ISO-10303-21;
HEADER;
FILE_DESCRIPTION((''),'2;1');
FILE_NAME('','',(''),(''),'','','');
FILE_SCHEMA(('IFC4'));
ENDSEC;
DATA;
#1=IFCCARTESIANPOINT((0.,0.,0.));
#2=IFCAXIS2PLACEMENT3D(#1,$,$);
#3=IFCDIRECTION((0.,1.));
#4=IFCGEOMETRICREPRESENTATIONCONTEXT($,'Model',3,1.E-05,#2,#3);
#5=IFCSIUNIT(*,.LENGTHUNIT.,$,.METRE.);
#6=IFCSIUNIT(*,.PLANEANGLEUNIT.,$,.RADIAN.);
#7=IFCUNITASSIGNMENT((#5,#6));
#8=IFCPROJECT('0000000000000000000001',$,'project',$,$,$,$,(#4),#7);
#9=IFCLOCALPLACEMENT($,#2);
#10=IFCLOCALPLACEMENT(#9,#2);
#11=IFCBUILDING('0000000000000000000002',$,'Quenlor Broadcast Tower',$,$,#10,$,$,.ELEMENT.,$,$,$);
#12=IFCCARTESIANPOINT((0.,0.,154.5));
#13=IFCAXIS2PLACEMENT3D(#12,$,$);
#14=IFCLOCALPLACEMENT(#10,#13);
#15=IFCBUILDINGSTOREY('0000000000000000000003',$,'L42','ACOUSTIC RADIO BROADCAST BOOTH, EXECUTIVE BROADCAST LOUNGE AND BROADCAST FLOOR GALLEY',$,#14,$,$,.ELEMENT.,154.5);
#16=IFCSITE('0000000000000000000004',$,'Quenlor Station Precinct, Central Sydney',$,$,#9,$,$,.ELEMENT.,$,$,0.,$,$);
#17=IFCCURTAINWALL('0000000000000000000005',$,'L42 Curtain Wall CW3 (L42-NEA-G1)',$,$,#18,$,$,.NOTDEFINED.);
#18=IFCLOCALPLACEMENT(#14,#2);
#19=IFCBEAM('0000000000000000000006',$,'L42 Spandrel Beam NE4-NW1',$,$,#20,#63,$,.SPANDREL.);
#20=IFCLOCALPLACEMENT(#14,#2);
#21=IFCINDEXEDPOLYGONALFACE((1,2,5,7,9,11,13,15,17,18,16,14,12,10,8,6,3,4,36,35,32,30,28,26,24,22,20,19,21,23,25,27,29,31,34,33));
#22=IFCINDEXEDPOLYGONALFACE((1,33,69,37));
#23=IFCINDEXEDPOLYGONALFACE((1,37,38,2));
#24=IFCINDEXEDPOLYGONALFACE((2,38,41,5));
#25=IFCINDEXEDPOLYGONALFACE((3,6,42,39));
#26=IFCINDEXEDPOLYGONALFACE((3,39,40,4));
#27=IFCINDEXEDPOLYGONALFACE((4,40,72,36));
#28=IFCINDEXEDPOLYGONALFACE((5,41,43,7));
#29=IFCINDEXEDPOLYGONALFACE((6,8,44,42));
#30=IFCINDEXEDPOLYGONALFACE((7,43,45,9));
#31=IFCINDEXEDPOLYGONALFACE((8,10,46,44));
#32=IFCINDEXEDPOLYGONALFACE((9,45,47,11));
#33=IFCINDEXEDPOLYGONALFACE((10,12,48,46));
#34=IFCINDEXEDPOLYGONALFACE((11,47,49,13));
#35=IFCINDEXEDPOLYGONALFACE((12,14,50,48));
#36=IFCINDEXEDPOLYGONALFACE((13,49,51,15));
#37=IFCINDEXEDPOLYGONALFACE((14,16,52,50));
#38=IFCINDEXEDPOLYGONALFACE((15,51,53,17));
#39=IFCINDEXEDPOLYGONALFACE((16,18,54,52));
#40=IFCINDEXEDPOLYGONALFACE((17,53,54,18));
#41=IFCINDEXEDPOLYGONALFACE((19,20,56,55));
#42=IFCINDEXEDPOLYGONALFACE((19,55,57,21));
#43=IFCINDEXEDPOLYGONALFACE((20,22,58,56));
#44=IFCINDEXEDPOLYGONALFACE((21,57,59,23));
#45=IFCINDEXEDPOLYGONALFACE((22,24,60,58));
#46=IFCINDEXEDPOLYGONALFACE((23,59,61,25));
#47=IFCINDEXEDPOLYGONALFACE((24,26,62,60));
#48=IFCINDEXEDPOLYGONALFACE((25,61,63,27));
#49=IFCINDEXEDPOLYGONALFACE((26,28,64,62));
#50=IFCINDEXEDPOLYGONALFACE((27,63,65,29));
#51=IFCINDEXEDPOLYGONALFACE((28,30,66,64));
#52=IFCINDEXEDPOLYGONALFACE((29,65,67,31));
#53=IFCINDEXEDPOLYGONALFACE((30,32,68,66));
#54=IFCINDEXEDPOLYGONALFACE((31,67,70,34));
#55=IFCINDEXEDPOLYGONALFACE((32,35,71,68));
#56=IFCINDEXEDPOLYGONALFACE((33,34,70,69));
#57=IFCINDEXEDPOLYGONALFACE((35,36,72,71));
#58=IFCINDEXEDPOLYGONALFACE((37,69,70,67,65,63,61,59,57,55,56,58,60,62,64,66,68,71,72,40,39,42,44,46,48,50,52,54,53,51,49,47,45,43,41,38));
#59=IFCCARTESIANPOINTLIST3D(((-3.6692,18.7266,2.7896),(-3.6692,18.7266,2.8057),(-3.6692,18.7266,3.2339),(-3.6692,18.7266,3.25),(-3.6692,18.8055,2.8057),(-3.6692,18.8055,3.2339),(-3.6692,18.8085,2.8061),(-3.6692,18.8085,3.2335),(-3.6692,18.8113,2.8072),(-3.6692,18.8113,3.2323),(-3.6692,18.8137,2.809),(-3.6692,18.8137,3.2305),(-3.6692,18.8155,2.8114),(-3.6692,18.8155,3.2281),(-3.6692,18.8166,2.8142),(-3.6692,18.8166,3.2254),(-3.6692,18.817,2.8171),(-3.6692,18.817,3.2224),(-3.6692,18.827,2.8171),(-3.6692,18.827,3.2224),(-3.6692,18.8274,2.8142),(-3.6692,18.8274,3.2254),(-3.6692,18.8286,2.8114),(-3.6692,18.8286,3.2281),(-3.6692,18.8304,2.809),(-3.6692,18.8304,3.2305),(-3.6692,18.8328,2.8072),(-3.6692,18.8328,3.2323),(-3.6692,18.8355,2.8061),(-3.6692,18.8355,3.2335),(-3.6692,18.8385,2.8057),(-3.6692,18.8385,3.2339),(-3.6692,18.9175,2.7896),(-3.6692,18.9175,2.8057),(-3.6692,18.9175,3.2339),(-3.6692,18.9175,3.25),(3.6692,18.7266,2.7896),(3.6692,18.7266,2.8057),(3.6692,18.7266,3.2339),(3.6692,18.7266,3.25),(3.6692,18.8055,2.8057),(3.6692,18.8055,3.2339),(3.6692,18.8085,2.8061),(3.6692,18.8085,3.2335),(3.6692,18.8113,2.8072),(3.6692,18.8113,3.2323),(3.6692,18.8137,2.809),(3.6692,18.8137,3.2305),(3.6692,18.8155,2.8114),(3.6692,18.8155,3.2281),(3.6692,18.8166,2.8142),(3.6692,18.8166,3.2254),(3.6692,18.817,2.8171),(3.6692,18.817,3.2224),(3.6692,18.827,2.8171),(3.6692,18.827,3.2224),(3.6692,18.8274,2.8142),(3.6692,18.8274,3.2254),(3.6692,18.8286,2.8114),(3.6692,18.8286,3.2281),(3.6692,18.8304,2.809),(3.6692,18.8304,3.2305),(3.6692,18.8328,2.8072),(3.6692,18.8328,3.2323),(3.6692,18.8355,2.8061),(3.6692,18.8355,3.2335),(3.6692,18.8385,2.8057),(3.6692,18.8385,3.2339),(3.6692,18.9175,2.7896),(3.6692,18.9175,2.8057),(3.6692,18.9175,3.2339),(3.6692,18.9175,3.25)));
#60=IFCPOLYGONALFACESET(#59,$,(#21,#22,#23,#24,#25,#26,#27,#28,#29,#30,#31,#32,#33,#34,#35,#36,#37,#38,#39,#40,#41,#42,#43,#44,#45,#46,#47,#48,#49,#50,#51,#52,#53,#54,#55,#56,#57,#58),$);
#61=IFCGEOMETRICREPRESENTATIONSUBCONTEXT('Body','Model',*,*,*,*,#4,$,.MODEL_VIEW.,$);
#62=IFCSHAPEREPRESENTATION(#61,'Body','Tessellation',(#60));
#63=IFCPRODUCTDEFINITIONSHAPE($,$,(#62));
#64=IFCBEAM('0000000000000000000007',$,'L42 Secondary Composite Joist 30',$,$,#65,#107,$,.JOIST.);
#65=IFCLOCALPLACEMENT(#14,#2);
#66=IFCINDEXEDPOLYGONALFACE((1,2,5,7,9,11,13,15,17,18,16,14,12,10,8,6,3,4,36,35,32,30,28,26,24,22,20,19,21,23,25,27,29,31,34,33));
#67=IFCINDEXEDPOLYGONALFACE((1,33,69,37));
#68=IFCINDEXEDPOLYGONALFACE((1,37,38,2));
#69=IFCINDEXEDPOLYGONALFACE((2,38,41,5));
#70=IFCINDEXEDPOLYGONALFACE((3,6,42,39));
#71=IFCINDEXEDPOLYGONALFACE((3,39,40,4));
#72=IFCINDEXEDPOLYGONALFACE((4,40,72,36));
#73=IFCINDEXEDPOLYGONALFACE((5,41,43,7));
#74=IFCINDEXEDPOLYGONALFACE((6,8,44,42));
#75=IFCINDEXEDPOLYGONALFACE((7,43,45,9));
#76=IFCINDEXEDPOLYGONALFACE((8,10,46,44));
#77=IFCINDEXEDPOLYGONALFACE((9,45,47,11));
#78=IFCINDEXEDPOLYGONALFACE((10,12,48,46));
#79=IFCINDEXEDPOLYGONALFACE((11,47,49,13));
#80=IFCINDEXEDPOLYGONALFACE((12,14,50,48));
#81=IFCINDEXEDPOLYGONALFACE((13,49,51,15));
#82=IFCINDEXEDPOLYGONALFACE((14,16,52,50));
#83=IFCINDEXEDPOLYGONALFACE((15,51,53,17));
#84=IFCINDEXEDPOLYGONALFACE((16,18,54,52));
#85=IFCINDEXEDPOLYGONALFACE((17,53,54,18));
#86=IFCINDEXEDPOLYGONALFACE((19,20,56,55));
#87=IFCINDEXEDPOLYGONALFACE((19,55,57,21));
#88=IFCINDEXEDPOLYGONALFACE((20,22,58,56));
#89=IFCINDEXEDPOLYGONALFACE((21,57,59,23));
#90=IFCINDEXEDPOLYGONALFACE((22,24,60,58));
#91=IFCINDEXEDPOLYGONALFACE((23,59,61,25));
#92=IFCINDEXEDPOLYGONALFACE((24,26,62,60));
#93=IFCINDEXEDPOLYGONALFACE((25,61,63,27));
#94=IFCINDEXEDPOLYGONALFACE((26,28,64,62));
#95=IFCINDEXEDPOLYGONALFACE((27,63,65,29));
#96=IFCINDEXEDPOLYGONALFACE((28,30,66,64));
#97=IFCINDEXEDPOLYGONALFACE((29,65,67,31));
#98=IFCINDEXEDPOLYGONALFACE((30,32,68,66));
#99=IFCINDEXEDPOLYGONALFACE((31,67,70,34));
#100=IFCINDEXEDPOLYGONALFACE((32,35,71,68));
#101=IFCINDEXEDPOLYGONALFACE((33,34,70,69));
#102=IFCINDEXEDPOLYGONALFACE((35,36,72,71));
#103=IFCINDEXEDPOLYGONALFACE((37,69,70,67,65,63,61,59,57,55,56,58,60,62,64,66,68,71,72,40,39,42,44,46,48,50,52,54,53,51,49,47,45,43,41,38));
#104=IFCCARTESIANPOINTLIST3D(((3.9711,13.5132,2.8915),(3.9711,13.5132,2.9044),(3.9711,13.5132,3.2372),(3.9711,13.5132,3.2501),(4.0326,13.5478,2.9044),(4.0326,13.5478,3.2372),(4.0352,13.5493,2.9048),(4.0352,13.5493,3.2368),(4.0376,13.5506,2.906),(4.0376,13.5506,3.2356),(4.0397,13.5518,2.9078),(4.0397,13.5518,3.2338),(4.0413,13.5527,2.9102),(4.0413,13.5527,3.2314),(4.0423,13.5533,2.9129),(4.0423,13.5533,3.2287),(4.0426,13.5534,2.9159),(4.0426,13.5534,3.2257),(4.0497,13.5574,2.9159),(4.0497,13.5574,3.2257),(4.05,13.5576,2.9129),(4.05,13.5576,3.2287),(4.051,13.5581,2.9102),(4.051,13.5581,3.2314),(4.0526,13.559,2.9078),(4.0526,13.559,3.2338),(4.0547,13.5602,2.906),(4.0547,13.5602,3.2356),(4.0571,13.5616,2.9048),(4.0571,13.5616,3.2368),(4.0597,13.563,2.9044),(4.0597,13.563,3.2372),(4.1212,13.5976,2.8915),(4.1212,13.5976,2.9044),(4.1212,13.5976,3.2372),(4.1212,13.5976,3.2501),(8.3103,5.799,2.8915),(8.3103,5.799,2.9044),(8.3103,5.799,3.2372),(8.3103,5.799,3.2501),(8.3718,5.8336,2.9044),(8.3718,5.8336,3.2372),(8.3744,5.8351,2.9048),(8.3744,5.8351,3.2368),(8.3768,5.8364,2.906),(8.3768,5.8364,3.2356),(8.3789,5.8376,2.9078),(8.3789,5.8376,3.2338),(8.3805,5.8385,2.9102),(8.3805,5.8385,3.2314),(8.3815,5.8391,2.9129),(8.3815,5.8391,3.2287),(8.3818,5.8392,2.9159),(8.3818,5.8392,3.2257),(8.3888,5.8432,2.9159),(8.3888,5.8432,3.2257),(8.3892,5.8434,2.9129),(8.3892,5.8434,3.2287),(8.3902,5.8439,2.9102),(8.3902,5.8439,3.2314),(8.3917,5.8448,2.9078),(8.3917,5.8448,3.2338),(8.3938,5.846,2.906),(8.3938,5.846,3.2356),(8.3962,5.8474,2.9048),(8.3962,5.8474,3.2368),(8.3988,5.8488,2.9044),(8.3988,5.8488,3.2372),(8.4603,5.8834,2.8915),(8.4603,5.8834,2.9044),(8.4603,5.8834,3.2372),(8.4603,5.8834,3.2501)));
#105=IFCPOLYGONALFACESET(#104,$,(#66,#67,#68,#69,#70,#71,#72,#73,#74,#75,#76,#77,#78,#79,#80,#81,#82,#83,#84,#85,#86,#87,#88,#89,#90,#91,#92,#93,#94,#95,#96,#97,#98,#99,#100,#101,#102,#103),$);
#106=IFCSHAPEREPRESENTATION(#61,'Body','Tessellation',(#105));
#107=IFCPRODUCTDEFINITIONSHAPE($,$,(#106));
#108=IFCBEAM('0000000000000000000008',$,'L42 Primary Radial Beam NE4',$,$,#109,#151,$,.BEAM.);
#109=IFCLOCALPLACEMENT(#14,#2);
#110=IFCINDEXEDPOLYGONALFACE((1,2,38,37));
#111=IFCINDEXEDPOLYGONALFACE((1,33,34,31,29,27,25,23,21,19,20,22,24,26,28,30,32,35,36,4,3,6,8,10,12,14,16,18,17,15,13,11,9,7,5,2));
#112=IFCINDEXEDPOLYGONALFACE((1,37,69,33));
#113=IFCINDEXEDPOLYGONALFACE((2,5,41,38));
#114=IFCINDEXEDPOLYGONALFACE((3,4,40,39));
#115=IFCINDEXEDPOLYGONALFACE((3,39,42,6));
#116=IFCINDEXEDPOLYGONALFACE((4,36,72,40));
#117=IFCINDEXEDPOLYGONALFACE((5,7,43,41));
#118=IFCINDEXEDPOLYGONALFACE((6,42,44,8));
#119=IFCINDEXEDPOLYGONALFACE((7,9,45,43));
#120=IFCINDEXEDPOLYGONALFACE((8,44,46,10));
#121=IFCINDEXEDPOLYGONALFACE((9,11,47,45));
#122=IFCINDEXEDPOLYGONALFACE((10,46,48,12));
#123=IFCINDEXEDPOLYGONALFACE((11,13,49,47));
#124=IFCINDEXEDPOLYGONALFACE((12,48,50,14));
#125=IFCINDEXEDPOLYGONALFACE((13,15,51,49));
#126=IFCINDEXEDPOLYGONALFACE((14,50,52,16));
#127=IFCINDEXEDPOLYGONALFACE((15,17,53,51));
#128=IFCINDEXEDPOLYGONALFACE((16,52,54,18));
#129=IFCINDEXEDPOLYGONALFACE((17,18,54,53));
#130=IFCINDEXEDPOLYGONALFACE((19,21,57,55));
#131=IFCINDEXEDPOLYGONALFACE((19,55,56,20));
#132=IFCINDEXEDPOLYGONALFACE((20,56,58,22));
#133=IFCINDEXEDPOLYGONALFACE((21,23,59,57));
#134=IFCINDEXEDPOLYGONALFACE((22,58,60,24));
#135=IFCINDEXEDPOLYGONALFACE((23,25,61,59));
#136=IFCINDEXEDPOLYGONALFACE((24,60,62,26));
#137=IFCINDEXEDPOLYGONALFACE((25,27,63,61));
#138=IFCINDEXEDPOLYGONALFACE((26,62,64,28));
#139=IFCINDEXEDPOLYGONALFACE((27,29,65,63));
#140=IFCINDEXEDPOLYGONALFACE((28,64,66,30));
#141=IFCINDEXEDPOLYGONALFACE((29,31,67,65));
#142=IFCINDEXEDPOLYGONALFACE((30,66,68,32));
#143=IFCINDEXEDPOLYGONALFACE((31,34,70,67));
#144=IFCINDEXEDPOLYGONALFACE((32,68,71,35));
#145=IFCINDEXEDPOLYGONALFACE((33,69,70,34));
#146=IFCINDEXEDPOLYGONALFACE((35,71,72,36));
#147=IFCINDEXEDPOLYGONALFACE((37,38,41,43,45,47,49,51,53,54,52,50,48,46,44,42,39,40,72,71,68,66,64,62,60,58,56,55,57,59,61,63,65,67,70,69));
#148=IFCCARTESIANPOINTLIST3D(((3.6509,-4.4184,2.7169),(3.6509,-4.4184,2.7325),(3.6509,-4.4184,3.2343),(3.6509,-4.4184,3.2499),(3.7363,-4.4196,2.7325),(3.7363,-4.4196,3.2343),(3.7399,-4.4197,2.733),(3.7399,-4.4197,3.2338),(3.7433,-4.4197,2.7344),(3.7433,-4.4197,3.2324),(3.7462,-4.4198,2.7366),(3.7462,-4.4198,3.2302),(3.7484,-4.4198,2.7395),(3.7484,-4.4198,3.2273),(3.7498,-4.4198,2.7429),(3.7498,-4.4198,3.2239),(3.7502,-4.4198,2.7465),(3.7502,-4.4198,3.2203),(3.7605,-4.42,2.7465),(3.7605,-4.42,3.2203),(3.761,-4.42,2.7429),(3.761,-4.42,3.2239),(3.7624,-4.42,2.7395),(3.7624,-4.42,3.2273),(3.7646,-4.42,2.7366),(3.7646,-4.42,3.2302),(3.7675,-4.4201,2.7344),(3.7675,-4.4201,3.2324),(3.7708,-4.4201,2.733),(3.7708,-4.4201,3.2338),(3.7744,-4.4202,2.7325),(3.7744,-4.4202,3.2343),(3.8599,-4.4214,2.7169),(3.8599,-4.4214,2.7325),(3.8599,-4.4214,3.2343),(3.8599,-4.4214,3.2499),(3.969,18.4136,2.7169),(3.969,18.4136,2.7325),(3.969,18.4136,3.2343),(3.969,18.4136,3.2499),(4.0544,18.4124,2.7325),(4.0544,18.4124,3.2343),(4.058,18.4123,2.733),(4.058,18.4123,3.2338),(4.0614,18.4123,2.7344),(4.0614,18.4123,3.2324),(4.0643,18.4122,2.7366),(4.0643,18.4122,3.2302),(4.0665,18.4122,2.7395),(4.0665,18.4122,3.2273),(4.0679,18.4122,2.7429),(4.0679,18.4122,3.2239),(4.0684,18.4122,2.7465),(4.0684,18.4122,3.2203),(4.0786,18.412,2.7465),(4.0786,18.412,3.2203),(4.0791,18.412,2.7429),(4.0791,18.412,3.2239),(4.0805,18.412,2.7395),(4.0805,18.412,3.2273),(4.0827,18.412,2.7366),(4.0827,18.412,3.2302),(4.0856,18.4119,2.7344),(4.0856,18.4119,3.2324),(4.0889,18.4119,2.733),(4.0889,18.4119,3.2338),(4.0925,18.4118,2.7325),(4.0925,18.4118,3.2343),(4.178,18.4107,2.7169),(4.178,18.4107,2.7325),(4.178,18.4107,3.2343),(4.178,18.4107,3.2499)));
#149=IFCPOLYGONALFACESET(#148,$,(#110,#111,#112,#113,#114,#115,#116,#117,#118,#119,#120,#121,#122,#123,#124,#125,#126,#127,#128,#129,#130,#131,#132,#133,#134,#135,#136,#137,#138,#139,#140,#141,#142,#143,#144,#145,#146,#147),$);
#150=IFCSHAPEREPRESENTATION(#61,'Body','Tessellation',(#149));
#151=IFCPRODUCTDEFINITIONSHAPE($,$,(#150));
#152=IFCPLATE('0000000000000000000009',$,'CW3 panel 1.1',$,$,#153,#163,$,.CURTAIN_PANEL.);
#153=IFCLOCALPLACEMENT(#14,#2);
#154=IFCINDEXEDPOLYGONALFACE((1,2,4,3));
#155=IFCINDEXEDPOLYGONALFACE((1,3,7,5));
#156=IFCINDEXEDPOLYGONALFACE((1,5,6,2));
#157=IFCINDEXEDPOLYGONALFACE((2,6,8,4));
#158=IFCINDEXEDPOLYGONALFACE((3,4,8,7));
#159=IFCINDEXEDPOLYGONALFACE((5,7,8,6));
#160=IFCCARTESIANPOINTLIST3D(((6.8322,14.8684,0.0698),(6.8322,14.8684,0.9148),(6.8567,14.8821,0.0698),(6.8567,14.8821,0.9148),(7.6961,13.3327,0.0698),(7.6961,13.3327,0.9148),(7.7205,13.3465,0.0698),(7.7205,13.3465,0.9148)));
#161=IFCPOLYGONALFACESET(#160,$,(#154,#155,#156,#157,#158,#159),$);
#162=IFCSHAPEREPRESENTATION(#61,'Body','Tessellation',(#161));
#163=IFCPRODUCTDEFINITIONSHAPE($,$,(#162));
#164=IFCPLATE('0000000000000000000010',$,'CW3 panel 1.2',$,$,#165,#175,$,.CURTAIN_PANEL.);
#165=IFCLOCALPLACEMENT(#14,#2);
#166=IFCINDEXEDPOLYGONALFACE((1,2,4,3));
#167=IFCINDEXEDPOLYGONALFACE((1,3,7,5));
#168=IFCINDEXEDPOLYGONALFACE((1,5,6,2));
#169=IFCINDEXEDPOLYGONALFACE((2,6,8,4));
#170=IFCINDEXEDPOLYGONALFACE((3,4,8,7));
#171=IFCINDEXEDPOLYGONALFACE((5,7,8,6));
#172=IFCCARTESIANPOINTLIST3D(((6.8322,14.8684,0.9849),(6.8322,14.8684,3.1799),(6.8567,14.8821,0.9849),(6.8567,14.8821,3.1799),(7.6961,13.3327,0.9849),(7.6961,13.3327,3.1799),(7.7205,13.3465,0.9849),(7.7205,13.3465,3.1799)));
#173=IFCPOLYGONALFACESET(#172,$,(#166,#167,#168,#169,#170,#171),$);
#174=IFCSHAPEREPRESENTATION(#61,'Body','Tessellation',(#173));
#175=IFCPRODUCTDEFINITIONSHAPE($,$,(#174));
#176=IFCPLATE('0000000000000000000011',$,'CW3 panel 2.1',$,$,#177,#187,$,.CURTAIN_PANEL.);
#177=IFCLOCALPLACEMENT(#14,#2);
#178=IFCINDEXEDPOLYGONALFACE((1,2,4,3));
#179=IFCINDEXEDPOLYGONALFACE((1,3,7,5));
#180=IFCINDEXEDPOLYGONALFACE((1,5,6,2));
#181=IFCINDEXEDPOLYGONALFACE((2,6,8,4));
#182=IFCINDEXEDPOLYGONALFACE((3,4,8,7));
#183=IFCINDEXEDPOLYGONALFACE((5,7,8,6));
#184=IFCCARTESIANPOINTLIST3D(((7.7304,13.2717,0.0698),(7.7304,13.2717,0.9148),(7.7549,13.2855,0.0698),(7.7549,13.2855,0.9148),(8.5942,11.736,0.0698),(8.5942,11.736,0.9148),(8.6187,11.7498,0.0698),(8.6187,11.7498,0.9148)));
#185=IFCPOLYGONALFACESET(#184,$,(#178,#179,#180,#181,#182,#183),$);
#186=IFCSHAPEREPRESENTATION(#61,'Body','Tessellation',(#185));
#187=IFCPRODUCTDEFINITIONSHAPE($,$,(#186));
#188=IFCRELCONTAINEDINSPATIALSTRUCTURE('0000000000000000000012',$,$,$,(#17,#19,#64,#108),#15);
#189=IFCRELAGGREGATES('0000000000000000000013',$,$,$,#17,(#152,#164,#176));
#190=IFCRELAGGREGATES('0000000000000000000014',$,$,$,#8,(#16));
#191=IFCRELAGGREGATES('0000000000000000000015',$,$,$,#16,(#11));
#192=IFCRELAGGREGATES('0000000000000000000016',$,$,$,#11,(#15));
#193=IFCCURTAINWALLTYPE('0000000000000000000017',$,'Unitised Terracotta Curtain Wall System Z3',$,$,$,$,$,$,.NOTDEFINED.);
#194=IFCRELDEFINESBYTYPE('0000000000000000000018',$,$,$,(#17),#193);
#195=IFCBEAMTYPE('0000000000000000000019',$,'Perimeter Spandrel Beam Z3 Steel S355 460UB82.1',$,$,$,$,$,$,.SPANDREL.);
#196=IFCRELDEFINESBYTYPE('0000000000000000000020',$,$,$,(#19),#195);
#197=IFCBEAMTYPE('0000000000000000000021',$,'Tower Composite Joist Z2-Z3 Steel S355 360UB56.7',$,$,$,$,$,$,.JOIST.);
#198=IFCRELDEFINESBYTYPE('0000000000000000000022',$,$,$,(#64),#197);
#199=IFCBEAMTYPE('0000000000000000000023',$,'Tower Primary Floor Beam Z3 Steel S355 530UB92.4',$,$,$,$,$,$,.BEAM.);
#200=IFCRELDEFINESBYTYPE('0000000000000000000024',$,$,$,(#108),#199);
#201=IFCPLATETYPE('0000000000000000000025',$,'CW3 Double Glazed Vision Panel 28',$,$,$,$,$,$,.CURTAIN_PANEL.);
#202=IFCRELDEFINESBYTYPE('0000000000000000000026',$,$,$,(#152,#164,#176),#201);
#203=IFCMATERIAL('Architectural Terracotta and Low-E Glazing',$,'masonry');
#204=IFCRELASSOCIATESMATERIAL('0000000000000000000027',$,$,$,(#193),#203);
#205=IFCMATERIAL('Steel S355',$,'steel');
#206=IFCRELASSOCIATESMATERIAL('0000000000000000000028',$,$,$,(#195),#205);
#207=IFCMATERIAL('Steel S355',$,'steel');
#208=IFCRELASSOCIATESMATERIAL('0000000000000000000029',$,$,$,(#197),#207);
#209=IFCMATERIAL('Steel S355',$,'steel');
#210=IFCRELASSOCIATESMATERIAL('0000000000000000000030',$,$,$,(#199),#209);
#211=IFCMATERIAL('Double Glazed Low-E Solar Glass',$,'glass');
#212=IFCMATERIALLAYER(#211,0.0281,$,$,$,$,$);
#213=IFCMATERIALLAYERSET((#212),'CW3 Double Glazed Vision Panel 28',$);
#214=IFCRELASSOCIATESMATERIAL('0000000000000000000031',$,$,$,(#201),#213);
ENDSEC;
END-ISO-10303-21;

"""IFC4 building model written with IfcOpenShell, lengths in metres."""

from ifc_helpers import new_model, si_unit, direction, frame, origin, origin_2d, place, context, subcontext, project, spatial, rectangle, i_section, extrude, material, layer, layer_set, material_profile, profile_set, type_object, element, aggregate, save


model = new_model("IFC4")

# Units and contexts
model_context = context("Model", 3, precision=1e-05, world=origin(), true_north=direction((0.0, 1.0)))
body_context = subcontext(model_context, "Body", "Model", "MODEL_VIEW")
ifc_project = project(units=[si_unit("LENGTHUNIT", "METRE"), si_unit("PLANEANGLEUNIT", "RADIAN")], contexts=[model_context])

# Site, building, storey
site_placement = place(None, origin())
site = spatial("IfcSite", under=ifc_project, at=site_placement, Name="Quenlor Station Precinct, Central Sydney", CompositionType="ELEMENT", RefElevation=0.0)
building_placement = place(site_placement, origin())
building = spatial("IfcBuilding", under=site, at=building_placement, Name="Quenlor Broadcast Tower", CompositionType="ELEMENT")
storey_placement = place(building_placement, frame((0.0, 0.0, 154.5)))
storey = spatial("IfcBuildingStorey", under=building, at=storey_placement, Name="L42", Description="ACOUSTIC RADIO BROADCAST BOOTH, EXECUTIVE BROADCAST LOUNGE AND BROADCAST FLOOR GALLEY", CompositionType="ELEMENT", Elevation=154.5)

# Curtain wall
ifc_material_1 = material(Name="Architectural Terracotta and Low-E Glazing", Category="masonry")
curtain_wall_type = type_object("IfcCurtainWallType", Name="Unitised Terracotta Curtain Wall System Z3", PredefinedType="NOTDEFINED", material=ifc_material_1)
curtain_wall_placement = place(storey_placement, origin())
curtain_wall = element("IfcCurtainWall", 1, at=curtain_wall_placement, inside=storey, type_object=curtain_wall_type, Name="L42 Curtain Wall CW3 (L42-NEA-G1)", PredefinedType="NOTDEFINED")

# Beams
ifc_material_2 = material(Name="Steel S355", Category="steel")
ifc_material_profile_1 = material_profile(ifc_material_2, i_section(OverallWidth=0.1909, OverallDepth=0.4604, WebThickness=0.01, FlangeThickness=0.0161, FilletRadius=0.0115, at=origin_2d()))
ifc_profile_set_1 = profile_set([ifc_material_profile_1], Name="Steel S355 460UB82.1")
beam_type_1 = type_object("IfcBeamType", Name="Perimeter Spandrel Beam Z3 Steel S355 460UB82.1", PredefinedType="SPANDREL", material=ifc_profile_set_1)
beam_1_placement = place(storey_placement, frame((3.6692, 18.822, 3.0198), z_axis=(-1.0, 0.0, 0.0), x_axis=(0.0, -1.0, 0.0)))
element("IfcBeam", 2, at=beam_1_placement, inside=storey, type_object=beam_type_1, Name="L42 Spandrel Beam NE4-NW1", PredefinedType="SPANDREL", context=body_context, shape_type="SweptSolid", body=[
    extrude(i_section(OverallWidth=0.1909, OverallDepth=0.4604, WebThickness=0.01, FlangeThickness=0.0161, FilletRadius=0.0115, at=origin_2d()), origin(), (0.0, 0.0, 1.0), 7.3384),
])
ifc_material_3 = material(Name="Steel S355", Category="steel")
ifc_material_profile_2 = material_profile(ifc_material_3, i_section(OverallWidth=0.1721, OverallDepth=0.3586, WebThickness=0.0081, FlangeThickness=0.0129, FilletRadius=0.0115, at=origin_2d()))
ifc_profile_set_2 = profile_set([ifc_material_profile_2], Name="Steel S355 360UB56.7")
beam_type_2 = type_object("IfcBeamType", Name="Tower Composite Joist Z2-Z3 Steel S355 360UB56.7", PredefinedType="JOIST", material=ifc_profile_set_2)
beam_2_placement = place(storey_placement, frame((4.0461, 13.5554, 3.0708), z_axis=(0.490255, -0.871579, 0.0), x_axis=(0.871579, 0.490255, 0.0)))
element("IfcBeam", 3, at=beam_2_placement, inside=storey, type_object=beam_type_2, Name="L42 Secondary Composite Joist 30", PredefinedType="JOIST", context=body_context, shape_type="SweptSolid", body=[
    extrude(i_section(OverallWidth=0.1721, OverallDepth=0.3586, WebThickness=0.0081, FlangeThickness=0.0129, FilletRadius=0.0115, at=origin_2d()), origin(), (0.0, 0.0, 1.0), 8.8508),
])
ifc_material_4 = material(Name="Steel S355", Category="steel")
ifc_material_profile_3 = material_profile(ifc_material_4, i_section(OverallWidth=0.209, OverallDepth=0.533, WebThickness=0.0103, FlangeThickness=0.0156, FilletRadius=0.0139, at=origin_2d()))
ifc_profile_set_3 = profile_set([ifc_material_profile_3], Name="Steel S355 530UB92.4")
beam_type_3 = type_object("IfcBeamType", Name="Tower Primary Floor Beam Z3 Steel S355 530UB92.4", PredefinedType="BEAM", material=ifc_profile_set_3)
beam_3_placement = place(storey_placement, frame((4.0735, 18.4121, 2.9834), z_axis=(-0.013931, -0.999903, 0.0), x_axis=(0.999903, -0.013931, 0.0)))
element("IfcBeam", 4, at=beam_3_placement, inside=storey, type_object=beam_type_3, Name="L42 Primary Radial Beam NE4", PredefinedType="BEAM", context=body_context, shape_type="SweptSolid", body=[
    extrude(i_section(OverallWidth=0.209, OverallDepth=0.533, WebThickness=0.0103, FlangeThickness=0.0156, FilletRadius=0.0139, at=origin_2d()), origin(), (0.0, 0.0, 1.0), 22.8342),
])

# Plates
ifc_material_5 = material(Name="Double Glazed Low-E Solar Glass", Category="glass")
ifc_layer_1 = layer(ifc_material_5, 0.0281)
ifc_layer_set_1 = layer_set([ifc_layer_1], Name="CW3 Double Glazed Vision Panel 28")
plate_type_1 = type_object("IfcPlateType", Name="CW3 Double Glazed Vision Panel 28", PredefinedType="CURTAIN_PANEL", material=ifc_layer_set_1)
plate_1_placement = place(storey_placement, frame((7.2764, 14.1074, 0.0698), z_axis=(0.0, 0.0, 1.0), x_axis=(0.49027, -0.871571, 0.0)))
plate_1 = element("IfcPlate", 5, at=plate_1_placement, type_object=plate_type_1, Name="CW3 panel 1.1", PredefinedType="CURTAIN_PANEL", context=body_context, shape_type="SweptSolid", body=[
    extrude(rectangle(XDim=1.762, YDim=0.0281, at=origin_2d()), origin(), (0.0, 0.0, 1.0), 0.845),
])
plate_2_placement = place(storey_placement, frame((7.2764, 14.1074, 0.9849), z_axis=(0.0, 0.0, 1.0), x_axis=(0.49027, -0.871571, 0.0)))
plate_2 = element("IfcPlate", 6, at=plate_2_placement, type_object=plate_type_1, Name="CW3 panel 1.2", PredefinedType="CURTAIN_PANEL", context=body_context, shape_type="SweptSolid", body=[
    extrude(rectangle(XDim=1.762, YDim=0.0281, at=origin_2d()), origin(), (0.0, 0.0, 1.0), 2.1951),
])
plate_3_placement = place(storey_placement, frame((8.1746, 12.5107, 0.0698), z_axis=(0.0, 0.0, 1.0), x_axis=(0.49027, -0.871571, 0.0)))
plate_3 = element("IfcPlate", 7, at=plate_3_placement, type_object=plate_type_1, Name="CW3 panel 2.1", PredefinedType="CURTAIN_PANEL", context=body_context, shape_type="SweptSolid", body=[
    extrude(rectangle(XDim=1.762, YDim=0.0281, at=origin_2d()), origin(), (0.0, 0.0, 1.0), 0.845),
])
aggregate(curtain_wall, [plate_1, plate_2, plate_3])

save(model, "model.ifc")
